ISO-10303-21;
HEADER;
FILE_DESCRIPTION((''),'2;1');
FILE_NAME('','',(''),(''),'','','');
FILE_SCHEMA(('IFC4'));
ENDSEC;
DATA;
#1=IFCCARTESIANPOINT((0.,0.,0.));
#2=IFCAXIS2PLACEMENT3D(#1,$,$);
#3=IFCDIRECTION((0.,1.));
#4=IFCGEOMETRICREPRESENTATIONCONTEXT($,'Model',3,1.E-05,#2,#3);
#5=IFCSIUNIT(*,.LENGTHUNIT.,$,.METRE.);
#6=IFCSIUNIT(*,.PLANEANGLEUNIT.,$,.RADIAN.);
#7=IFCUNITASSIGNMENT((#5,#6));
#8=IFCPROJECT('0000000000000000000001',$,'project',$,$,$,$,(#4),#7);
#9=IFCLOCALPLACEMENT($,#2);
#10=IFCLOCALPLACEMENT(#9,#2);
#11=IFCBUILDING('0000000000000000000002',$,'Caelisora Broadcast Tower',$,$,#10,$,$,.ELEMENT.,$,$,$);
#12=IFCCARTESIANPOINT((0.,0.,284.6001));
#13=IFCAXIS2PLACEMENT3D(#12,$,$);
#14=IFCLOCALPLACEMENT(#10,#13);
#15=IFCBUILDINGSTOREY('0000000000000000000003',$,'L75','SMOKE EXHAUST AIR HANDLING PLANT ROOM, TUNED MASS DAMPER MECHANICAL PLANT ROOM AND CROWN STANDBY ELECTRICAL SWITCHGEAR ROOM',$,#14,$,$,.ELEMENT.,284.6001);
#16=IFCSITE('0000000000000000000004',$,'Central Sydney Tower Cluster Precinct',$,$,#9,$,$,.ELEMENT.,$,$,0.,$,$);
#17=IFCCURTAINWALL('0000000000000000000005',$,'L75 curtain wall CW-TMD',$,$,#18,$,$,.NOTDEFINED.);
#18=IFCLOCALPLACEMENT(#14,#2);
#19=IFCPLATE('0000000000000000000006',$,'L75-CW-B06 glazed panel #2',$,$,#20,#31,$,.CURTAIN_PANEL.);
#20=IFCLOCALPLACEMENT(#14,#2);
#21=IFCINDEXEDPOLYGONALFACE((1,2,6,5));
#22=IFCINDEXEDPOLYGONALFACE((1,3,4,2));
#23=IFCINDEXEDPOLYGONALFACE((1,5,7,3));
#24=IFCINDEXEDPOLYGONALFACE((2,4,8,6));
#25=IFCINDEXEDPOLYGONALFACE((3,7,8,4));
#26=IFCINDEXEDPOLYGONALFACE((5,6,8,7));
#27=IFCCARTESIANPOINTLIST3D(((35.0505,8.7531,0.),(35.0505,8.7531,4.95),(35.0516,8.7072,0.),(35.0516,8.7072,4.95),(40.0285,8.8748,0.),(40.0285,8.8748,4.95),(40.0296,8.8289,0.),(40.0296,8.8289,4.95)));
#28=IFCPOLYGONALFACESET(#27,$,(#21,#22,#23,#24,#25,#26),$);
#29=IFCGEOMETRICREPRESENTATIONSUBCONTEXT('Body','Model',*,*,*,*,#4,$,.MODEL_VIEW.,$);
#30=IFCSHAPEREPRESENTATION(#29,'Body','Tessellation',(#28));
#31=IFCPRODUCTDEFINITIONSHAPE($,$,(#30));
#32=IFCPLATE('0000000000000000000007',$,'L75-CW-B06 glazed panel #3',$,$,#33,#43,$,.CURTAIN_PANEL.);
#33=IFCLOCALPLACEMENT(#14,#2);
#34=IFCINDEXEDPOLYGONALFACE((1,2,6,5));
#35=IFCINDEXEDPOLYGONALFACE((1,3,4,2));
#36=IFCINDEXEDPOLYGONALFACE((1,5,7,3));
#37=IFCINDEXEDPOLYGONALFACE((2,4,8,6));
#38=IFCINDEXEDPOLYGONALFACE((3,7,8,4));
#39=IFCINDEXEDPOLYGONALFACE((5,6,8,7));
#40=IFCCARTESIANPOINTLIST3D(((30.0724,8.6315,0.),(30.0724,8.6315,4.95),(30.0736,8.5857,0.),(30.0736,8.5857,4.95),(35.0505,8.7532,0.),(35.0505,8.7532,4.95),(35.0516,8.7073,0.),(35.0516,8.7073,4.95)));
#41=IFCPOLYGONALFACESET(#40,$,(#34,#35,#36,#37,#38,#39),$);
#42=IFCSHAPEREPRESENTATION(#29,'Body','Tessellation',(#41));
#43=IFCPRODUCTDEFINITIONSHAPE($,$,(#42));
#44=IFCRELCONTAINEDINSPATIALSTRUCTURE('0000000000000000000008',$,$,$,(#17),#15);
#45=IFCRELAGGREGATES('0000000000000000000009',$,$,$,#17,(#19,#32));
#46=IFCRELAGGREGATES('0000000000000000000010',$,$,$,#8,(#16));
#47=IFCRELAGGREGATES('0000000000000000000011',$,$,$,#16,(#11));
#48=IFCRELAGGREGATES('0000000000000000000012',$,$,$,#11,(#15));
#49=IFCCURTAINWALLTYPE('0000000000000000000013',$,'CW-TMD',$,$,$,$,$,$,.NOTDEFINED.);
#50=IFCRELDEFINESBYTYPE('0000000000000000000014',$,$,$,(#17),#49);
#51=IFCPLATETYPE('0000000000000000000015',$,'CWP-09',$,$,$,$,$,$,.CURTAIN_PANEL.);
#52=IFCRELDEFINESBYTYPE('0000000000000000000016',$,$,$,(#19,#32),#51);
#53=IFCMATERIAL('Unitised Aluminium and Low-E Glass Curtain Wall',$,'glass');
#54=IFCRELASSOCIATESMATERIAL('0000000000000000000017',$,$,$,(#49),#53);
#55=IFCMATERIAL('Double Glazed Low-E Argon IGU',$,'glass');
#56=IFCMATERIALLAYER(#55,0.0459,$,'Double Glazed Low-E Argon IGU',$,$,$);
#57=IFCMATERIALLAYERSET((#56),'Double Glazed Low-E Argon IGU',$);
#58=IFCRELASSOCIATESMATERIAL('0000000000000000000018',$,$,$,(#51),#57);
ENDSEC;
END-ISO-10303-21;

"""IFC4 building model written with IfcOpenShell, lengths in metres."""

from ifc_helpers import new_model, si_unit, direction, frame, origin, origin_2d, place, context, subcontext, project, spatial, rectangle, extrude, source, transform, mapped, material, layer, layer_set, type_object, element, aggregate, save


model = new_model("IFC4")

# Units and contexts
model_context = context("Model", 3, precision=1e-05, world=origin(), true_north=direction((0.0, 1.0)))
body_context = subcontext(model_context, "Body", "Model", "MODEL_VIEW")
ifc_project = project(units=[si_unit("LENGTHUNIT", "METRE"), si_unit("PLANEANGLEUNIT", "RADIAN")], contexts=[model_context])

# Site, building, storey
site_placement = place(None, origin())
site = spatial("IfcSite", under=ifc_project, at=site_placement, Name="Central Sydney Tower Cluster Precinct", CompositionType="ELEMENT", RefElevation=0.0)
building_placement = place(site_placement, origin())
building = spatial("IfcBuilding", under=site, at=building_placement, Name="Caelisora Broadcast Tower", CompositionType="ELEMENT")
storey_placement = place(building_placement, frame((0.0, 0.0, 284.6001)))
storey = spatial("IfcBuildingStorey", under=building, at=storey_placement, Name="L75", Description="SMOKE EXHAUST AIR HANDLING PLANT ROOM, TUNED MASS DAMPER MECHANICAL PLANT ROOM AND CROWN STANDBY ELECTRICAL SWITCHGEAR ROOM", CompositionType="ELEMENT", Elevation=284.6001)

# Curtain wall
ifc_material_1 = material(Name="Unitised Aluminium and Low-E Glass Curtain Wall", Category="glass")
curtain_wall_type = type_object("IfcCurtainWallType", Name="CW-TMD", PredefinedType="NOTDEFINED", material=ifc_material_1)
curtain_wall_1_placement = place(storey_placement, origin())
curtain_wall_1 = element("IfcCurtainWall", 1, at=curtain_wall_1_placement, inside=storey, type_object=curtain_wall_type, Name="L75 curtain wall CW-TMD", PredefinedType="NOTDEFINED")

# Plates
ifc_material_2 = material(Name="Double Glazed Low-E Argon IGU", Category="glass")
ifc_layer_1 = layer(ifc_material_2, 0.0459, Name="Double Glazed Low-E Argon IGU")
ifc_layer_set_1 = layer_set([ifc_layer_1], Name="Double Glazed Low-E Argon IGU")
plate_type_1 = type_object("IfcPlateType", Name="CWP-09", PredefinedType="CURTAIN_PANEL", material=ifc_layer_set_1)
shared_shape_1 = source(origin(), body_context, "Body", "SweptSolid", [
    extrude(rectangle(XDim=4.9795, YDim=0.0459, at=origin_2d()), origin(), (0.0, 0.0, 1.0), 4.95),
])
plate_1_placement = place(storey_placement, frame((37.54, 8.791, 0.0), z_axis=(0.0, 0.0, 1.0), x_axis=(-0.999701, -0.024432, 0.0)))
plate_1 = element("IfcPlate", 2, at=plate_1_placement, type_object=plate_type_1, Name="L75-CW-B06 glazed panel #2", PredefinedType="CURTAIN_PANEL", context=body_context, shape_type="MappedRepresentation", body=[
    mapped(shared_shape_1, transform((0.0, 0.0, 0.0), scale=1.0)),
])
plate_2_placement = place(storey_placement, frame((32.562, 8.6694, 0.0), z_axis=(0.0, 0.0, 1.0), x_axis=(-0.999701, -0.024432, 0.0)))
plate_2 = element("IfcPlate", 3, at=plate_2_placement, type_object=plate_type_1, Name="L75-CW-B06 glazed panel #3", PredefinedType="CURTAIN_PANEL", context=body_context, shape_type="MappedRepresentation", body=[
    mapped(shared_shape_1, transform((0.0, 0.0, 0.0), scale=1.0)),
])
aggregate(curtain_wall_1, [plate_1, plate_2])

save(model, "model.ifc")
